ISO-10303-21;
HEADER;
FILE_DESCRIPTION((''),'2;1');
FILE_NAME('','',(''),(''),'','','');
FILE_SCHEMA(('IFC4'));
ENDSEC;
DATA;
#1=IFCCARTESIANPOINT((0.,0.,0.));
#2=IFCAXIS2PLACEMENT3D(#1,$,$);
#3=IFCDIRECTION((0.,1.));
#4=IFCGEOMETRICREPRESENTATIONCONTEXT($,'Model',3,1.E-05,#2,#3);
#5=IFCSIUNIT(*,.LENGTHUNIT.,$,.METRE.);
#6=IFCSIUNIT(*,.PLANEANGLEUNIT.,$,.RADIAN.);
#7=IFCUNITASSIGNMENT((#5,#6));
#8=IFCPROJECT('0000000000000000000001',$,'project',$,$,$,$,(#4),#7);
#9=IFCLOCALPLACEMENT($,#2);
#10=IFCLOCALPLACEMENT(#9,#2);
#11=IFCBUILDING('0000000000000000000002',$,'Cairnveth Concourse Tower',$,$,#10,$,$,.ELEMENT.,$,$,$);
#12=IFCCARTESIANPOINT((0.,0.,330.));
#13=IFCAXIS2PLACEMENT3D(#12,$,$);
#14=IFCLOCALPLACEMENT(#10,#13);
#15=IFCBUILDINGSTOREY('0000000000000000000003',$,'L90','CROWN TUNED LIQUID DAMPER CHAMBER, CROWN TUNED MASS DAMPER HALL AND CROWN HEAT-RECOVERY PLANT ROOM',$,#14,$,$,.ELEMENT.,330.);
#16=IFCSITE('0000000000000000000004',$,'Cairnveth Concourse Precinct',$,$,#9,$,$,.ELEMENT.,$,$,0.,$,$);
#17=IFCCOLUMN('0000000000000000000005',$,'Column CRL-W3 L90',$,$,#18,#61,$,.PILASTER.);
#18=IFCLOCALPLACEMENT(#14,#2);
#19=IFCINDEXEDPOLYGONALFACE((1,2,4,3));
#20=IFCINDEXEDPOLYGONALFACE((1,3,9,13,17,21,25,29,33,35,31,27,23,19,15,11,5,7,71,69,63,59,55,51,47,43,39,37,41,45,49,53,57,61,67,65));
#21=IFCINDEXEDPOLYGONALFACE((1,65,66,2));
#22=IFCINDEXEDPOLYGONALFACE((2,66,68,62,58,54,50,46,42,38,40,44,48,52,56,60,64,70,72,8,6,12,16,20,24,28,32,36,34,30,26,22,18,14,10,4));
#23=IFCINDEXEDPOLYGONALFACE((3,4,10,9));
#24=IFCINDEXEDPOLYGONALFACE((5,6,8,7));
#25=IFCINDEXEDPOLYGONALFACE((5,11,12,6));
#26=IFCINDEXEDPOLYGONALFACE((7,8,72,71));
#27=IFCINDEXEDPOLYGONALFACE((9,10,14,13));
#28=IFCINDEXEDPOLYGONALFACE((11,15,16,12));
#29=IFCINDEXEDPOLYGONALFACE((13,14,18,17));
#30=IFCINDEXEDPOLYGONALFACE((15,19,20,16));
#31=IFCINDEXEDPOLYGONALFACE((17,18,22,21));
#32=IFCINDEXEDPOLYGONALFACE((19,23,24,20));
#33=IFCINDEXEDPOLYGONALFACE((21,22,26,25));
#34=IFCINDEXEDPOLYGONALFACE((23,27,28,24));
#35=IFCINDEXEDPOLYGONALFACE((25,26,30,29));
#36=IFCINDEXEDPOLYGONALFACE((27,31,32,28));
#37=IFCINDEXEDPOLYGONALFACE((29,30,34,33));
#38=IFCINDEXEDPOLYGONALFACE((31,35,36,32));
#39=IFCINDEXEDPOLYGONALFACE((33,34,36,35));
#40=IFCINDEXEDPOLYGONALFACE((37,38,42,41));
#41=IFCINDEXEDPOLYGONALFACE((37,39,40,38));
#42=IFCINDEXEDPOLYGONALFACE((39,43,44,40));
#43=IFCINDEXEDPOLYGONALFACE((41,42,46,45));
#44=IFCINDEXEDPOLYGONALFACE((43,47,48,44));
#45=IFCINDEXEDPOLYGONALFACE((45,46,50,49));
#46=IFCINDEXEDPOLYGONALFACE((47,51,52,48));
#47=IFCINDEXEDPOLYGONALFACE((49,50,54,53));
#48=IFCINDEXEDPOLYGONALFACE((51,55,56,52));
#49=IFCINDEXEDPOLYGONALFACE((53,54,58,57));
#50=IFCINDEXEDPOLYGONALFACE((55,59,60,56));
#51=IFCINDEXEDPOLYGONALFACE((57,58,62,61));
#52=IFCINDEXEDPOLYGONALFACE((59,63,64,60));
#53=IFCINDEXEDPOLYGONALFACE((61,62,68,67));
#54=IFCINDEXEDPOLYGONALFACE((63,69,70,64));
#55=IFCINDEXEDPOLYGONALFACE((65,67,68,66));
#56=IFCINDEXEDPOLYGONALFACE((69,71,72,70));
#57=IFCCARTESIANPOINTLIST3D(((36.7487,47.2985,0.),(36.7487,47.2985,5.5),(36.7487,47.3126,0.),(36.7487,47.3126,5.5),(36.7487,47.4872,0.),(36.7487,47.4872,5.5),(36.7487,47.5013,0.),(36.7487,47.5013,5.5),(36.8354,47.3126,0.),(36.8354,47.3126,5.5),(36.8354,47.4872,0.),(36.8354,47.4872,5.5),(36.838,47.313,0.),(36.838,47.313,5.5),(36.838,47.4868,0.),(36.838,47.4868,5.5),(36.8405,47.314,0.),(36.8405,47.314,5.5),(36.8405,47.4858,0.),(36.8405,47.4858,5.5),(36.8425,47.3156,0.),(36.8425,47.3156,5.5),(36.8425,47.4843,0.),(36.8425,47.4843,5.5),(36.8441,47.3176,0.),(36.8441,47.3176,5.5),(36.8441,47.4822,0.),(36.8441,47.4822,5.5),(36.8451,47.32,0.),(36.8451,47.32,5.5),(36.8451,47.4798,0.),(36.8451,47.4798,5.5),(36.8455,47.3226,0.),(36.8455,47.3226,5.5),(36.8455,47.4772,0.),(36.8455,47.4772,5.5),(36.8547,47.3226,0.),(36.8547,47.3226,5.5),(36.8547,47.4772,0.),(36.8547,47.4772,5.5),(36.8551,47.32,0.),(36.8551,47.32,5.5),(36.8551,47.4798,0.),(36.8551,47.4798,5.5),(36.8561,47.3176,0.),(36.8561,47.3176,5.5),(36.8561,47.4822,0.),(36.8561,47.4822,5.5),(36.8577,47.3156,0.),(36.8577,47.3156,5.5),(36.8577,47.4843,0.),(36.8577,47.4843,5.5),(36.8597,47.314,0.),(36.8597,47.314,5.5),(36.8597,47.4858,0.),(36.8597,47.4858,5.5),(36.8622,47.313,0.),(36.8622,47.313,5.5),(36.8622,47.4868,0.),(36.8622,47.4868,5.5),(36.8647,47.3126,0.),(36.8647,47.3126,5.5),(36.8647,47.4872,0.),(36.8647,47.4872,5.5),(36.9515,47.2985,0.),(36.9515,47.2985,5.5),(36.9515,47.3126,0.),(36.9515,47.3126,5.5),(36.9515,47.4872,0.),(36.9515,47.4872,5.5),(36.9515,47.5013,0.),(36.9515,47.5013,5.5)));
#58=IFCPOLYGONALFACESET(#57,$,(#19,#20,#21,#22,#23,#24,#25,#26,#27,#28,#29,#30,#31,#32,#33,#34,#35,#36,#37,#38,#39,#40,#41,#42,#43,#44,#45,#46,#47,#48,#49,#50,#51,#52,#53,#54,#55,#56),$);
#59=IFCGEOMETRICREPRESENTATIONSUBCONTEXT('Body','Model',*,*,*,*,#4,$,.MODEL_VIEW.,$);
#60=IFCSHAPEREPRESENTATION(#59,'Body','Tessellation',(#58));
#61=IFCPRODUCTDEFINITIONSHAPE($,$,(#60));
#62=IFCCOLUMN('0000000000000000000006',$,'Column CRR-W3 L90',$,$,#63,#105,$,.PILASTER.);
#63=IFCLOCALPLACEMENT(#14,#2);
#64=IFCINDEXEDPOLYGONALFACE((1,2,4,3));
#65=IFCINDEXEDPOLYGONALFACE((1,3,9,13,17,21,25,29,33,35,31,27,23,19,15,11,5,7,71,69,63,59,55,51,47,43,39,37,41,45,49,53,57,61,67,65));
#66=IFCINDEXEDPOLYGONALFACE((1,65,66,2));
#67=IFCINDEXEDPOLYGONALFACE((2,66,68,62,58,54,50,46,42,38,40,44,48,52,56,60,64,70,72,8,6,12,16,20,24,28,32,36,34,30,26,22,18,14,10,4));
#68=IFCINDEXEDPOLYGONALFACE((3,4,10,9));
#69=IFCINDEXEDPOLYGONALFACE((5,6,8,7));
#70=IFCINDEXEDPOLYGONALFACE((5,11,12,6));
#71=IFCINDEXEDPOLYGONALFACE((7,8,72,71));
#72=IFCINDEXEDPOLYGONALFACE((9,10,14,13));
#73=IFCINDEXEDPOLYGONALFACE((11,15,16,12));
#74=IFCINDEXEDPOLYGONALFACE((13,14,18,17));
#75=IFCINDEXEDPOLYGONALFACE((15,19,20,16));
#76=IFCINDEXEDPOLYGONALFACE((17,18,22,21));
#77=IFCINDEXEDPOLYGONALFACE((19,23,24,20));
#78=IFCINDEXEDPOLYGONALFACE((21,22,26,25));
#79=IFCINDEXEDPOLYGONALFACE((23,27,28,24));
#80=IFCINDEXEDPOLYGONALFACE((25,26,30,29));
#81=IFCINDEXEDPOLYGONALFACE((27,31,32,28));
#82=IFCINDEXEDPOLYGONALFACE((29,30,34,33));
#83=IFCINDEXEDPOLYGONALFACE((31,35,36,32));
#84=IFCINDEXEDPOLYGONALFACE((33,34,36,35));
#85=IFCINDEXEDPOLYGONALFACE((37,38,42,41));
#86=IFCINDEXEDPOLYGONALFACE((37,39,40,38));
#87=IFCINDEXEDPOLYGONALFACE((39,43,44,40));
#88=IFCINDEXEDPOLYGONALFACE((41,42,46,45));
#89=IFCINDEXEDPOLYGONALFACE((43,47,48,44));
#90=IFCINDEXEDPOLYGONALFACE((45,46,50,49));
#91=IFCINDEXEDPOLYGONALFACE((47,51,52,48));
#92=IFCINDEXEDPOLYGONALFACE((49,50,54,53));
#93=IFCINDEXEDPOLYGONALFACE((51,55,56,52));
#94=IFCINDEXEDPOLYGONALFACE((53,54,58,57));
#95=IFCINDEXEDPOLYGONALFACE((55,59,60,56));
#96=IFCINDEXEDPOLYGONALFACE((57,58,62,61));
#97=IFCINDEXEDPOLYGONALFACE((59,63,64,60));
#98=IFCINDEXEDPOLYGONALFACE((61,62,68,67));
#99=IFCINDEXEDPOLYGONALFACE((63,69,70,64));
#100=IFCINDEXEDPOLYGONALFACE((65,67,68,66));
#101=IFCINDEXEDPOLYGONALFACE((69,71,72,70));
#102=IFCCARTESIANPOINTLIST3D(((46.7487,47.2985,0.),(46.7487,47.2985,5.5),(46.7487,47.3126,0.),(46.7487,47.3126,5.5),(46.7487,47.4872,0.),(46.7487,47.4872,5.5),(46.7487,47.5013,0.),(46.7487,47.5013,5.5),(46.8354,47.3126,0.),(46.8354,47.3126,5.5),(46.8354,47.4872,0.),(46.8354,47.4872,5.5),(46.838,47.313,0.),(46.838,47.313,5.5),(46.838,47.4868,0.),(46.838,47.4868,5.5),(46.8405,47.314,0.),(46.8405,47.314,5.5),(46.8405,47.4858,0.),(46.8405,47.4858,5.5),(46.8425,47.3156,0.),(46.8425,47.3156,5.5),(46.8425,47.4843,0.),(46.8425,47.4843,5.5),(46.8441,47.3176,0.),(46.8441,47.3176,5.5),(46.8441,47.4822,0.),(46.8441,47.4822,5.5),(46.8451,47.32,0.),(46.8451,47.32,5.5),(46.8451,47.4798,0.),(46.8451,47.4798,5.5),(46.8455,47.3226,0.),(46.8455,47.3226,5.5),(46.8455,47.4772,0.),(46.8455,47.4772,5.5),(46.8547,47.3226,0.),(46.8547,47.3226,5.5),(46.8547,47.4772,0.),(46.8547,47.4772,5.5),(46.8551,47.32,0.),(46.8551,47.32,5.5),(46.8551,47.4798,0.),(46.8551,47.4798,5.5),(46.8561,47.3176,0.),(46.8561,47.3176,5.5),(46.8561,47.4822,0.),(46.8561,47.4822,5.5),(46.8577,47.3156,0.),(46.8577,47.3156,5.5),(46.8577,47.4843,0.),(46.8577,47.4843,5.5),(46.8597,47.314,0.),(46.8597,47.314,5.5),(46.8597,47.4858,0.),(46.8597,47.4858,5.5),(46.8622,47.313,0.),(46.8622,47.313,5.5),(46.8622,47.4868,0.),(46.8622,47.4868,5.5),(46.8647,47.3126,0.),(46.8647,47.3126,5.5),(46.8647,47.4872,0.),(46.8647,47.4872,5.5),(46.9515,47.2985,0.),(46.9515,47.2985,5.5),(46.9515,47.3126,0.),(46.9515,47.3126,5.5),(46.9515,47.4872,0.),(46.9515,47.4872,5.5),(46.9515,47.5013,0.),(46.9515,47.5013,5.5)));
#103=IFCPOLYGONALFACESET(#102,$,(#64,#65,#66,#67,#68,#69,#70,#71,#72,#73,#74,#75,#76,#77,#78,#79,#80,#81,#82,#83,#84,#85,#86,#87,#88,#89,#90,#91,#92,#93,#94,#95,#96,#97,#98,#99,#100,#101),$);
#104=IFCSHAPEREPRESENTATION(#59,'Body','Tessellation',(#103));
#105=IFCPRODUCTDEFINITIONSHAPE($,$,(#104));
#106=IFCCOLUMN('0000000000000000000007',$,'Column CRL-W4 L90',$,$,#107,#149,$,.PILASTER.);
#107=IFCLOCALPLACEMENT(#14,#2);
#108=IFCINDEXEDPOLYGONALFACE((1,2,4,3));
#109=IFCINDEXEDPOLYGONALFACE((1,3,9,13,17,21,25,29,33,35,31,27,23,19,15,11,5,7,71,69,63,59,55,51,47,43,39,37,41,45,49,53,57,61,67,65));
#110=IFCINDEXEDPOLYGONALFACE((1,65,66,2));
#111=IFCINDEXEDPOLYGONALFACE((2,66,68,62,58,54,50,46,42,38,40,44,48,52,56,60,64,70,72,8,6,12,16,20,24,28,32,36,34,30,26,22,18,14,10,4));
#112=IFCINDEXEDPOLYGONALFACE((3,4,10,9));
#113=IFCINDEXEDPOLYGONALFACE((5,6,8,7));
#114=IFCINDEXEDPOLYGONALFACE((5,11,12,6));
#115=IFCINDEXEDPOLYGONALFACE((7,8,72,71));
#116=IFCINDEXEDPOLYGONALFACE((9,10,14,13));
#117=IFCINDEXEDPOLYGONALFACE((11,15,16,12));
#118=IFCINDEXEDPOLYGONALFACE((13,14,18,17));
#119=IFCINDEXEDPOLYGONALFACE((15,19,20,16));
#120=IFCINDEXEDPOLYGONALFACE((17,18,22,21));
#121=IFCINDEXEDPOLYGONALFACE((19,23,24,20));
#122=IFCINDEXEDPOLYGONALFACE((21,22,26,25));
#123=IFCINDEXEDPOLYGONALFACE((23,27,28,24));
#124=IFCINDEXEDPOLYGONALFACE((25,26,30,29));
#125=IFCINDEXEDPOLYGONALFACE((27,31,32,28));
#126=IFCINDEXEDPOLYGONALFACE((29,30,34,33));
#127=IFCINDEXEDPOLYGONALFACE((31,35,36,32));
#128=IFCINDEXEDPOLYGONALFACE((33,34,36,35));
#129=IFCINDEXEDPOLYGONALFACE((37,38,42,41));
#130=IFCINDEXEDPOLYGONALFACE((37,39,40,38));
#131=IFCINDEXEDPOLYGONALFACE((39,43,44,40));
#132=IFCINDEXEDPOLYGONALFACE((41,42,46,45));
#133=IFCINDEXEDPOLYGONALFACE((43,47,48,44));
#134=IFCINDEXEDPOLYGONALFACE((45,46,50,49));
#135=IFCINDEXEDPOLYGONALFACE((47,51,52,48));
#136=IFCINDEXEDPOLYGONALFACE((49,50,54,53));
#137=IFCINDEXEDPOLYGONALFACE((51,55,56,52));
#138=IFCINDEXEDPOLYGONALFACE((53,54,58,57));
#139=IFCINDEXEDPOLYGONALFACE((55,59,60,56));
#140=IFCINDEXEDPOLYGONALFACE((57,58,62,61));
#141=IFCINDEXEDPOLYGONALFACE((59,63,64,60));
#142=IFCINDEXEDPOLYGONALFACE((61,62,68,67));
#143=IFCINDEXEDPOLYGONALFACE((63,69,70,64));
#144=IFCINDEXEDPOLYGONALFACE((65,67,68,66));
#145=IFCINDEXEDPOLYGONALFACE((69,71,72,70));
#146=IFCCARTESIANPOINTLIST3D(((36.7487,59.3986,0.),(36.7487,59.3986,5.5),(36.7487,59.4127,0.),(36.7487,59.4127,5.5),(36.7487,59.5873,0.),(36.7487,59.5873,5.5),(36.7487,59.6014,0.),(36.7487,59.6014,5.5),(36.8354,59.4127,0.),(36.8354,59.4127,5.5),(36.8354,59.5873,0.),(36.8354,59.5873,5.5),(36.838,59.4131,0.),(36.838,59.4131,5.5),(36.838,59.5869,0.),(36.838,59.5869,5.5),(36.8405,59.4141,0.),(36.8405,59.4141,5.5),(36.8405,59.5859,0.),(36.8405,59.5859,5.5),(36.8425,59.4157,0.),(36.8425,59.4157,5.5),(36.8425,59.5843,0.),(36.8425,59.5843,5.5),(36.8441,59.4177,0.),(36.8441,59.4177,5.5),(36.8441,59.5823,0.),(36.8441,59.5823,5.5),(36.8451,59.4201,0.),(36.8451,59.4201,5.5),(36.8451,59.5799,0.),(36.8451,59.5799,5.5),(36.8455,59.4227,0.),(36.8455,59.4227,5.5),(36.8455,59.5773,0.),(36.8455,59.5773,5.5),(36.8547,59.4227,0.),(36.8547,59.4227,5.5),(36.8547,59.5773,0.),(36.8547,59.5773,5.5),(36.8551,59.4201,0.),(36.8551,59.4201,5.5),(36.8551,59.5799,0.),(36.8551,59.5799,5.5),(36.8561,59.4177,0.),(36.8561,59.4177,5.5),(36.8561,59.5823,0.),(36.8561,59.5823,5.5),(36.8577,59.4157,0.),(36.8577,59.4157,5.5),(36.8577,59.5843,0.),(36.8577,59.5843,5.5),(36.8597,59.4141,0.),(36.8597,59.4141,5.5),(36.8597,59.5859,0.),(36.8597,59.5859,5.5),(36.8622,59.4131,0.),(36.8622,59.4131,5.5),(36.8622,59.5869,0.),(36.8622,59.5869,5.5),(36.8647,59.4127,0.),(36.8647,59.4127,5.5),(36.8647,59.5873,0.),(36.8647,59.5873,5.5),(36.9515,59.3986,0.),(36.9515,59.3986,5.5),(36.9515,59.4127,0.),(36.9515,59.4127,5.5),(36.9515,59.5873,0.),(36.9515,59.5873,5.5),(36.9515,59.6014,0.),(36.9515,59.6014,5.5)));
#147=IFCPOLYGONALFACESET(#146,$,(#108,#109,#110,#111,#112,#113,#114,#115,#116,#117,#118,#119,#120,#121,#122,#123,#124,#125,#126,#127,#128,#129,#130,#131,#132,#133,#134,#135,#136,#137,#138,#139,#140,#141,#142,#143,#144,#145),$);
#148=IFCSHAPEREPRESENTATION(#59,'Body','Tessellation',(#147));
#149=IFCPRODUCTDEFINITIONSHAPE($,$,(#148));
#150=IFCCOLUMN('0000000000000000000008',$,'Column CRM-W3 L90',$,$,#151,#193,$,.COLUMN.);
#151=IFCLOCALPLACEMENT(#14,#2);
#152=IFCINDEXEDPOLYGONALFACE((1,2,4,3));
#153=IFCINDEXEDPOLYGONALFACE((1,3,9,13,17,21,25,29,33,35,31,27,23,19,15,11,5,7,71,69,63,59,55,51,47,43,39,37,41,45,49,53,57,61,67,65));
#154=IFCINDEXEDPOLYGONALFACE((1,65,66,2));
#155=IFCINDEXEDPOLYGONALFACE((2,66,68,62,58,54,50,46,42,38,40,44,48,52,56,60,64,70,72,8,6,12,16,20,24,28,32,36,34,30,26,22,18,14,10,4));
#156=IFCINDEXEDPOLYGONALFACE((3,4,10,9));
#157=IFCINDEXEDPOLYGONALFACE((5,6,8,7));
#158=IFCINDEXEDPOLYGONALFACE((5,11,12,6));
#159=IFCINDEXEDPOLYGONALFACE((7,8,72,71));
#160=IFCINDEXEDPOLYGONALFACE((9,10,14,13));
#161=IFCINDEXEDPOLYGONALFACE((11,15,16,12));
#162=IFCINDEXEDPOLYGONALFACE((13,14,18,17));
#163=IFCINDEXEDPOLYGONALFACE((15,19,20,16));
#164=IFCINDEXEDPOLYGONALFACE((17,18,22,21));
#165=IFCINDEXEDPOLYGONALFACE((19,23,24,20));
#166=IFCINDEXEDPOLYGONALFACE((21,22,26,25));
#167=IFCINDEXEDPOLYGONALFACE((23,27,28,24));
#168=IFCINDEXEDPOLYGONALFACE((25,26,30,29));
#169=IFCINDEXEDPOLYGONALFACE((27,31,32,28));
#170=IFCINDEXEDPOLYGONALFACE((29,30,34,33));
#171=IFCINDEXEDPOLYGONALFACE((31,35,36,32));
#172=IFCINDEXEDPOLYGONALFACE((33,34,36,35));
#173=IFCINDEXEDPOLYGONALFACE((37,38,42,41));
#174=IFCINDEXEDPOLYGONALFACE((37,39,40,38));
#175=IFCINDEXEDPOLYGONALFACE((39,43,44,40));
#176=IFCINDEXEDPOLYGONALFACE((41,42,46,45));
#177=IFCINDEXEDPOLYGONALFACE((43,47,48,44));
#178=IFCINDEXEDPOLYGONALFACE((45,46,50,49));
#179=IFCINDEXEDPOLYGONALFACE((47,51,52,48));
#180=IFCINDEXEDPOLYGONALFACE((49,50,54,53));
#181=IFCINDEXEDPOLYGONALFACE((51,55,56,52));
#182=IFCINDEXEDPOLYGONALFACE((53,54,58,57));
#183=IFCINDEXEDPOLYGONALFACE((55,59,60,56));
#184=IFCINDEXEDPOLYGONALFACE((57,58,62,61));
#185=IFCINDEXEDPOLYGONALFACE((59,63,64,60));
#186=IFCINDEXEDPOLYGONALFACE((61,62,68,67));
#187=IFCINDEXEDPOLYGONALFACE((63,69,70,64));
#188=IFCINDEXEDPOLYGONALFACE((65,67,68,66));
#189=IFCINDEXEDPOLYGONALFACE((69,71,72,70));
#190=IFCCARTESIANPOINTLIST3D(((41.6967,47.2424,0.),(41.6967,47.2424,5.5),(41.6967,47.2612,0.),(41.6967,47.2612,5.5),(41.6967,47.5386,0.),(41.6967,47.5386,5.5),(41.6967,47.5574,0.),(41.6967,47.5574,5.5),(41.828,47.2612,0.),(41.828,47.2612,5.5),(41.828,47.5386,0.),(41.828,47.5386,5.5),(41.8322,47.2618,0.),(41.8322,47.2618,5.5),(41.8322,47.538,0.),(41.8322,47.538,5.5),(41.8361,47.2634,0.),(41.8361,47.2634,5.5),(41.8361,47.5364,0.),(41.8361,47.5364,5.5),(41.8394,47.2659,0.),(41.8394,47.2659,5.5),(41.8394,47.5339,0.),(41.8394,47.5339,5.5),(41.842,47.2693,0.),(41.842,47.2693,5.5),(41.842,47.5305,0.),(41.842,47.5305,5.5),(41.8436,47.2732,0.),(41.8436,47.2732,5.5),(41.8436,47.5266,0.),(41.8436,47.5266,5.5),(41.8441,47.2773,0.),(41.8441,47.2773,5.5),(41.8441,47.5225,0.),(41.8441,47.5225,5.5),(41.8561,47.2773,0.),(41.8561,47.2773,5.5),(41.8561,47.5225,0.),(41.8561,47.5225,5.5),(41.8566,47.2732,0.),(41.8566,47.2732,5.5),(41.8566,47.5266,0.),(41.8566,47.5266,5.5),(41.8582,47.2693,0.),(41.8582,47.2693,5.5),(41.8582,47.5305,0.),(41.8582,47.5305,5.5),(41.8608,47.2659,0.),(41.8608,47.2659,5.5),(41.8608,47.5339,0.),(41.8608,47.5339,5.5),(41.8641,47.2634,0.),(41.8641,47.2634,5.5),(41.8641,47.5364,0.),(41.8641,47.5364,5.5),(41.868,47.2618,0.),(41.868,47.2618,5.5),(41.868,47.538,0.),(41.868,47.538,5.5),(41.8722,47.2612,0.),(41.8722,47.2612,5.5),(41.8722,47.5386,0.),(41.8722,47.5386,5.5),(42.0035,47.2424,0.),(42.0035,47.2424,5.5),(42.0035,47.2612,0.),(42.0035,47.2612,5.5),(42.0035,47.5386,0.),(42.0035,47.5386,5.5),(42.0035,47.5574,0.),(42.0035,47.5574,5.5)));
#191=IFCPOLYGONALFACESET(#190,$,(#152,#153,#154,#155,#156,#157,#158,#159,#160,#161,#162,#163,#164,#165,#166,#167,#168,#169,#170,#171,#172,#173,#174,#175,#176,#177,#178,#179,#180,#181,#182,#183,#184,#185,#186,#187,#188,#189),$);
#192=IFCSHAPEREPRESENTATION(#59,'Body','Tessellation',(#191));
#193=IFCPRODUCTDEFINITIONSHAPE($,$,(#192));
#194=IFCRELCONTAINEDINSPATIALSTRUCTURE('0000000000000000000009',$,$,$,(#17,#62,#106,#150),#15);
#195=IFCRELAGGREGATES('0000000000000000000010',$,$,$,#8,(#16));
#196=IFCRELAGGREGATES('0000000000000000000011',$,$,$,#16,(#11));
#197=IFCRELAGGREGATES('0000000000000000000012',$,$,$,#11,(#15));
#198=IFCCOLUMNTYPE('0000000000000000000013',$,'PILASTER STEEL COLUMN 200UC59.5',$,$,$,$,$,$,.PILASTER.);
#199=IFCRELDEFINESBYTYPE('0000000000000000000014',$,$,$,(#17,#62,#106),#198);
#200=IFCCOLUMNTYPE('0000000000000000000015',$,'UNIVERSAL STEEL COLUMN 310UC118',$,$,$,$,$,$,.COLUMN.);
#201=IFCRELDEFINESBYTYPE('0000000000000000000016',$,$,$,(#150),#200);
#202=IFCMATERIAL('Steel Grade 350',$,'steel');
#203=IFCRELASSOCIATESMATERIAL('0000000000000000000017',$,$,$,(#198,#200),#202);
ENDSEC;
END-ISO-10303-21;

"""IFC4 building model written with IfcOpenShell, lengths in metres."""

from ifc_helpers import new_model, si_unit, direction, frame, origin, origin_2d, place, context, subcontext, project, spatial, i_section, extrude, material, material_profile, profile_set, type_object, element, save


model = new_model("IFC4")

# Units and contexts
model_context = context("Model", 3, precision=1e-05, world=origin(), true_north=direction((0.0, 1.0)))
body_context = subcontext(model_context, "Body", "Model", "MODEL_VIEW")
ifc_project = project(units=[si_unit("LENGTHUNIT", "METRE"), si_unit("PLANEANGLEUNIT", "RADIAN")], contexts=[model_context])

# Site, building, storey
site_placement = place(None, origin())
site = spatial("IfcSite", under=ifc_project, at=site_placement, Name="Cairnveth Concourse Precinct", CompositionType="ELEMENT", RefElevation=0.0)
building_placement = place(site_placement, origin())
building = spatial("IfcBuilding", under=site, at=building_placement, Name="Cairnveth Concourse Tower", CompositionType="ELEMENT")
storey_placement = place(building_placement, frame((0.0, 0.0, 330.0)))
storey = spatial("IfcBuildingStorey", under=building, at=storey_placement, Name="L90", Description="CROWN TUNED LIQUID DAMPER CHAMBER, CROWN TUNED MASS DAMPER HALL AND CROWN HEAT-RECOVERY PLANT ROOM", CompositionType="ELEMENT", Elevation=330.0)

# Columns
ifc_material_1 = material(Name="Steel Grade 350", Category="steel")
ifc_material_profile_1 = material_profile(ifc_material_1, i_section(OverallWidth=0.2029, OverallDepth=0.2029, WebThickness=0.0093, FlangeThickness=0.0142, FilletRadius=0.01, at=origin_2d()), Name="200UC59.5")
ifc_profile_set_1 = profile_set([ifc_material_profile_1], Name="Steel Grade 350")
column_type_1 = type_object("IfcColumnType", Name="PILASTER STEEL COLUMN 200UC59.5", PredefinedType="PILASTER", material=ifc_profile_set_1)
for number, where, z_axis, x_axis, name in (
    (1, (36.8501, 47.3999, 0.0), (0.0, 0.0, 1.0), (1.0, 0.0, 0.0), "Column CRL-W3 L90"),
    (2, (46.8501, 47.3999, 0.0), (0.0, 0.0, 1.0), (1.0, 0.0, 0.0), "Column CRR-W3 L90"),
    (3, (36.8501, 59.5, 0.0), (0.0, 0.0, 1.0), (1.0, 0.0, 0.0), "Column CRL-W4 L90"),
):
    element("IfcColumn", number, at=place(storey_placement, frame(where, z_axis=z_axis, x_axis=x_axis)), inside=storey, type_object=column_type_1, Name=name, PredefinedType="PILASTER", context=body_context, shape_type="SweptSolid", body=[
        extrude(i_section(OverallWidth=0.2029, OverallDepth=0.2029, WebThickness=0.0093, FlangeThickness=0.0142, FilletRadius=0.01, at=origin_2d()), origin(), (0.0, 0.0, 1.0), 5.5),
    ])
ifc_material_profile_2 = material_profile(ifc_material_1, i_section(OverallWidth=0.3069, OverallDepth=0.3149, WebThickness=0.012, FlangeThickness=0.0188, FilletRadius=0.0161, at=origin_2d()), Name="310UC118")
ifc_profile_set_2 = profile_set([ifc_material_profile_2], Name="Steel Grade 350")
column_type_2 = type_object("IfcColumnType", Name="UNIVERSAL STEEL COLUMN 310UC118", PredefinedType="COLUMN", material=ifc_profile_set_2)
for number, where, z_axis, x_axis, name in (
    (4, (41.8501, 47.3999, 0.0), (0.0, 0.0, 1.0), (1.0, 0.0, 0.0), "Column CRM-W3 L90"),
):
    element("IfcColumn", number, at=place(storey_placement, frame(where, z_axis=z_axis, x_axis=x_axis)), inside=storey, type_object=column_type_2, Name=name, PredefinedType="COLUMN", context=body_context, shape_type="SweptSolid", body=[
        extrude(i_section(OverallWidth=0.3069, OverallDepth=0.3149, WebThickness=0.012, FlangeThickness=0.0188, FilletRadius=0.0161, at=origin_2d()), origin(), (0.0, 0.0, 1.0), 5.5),
    ])

save(model, "model.ifc")
